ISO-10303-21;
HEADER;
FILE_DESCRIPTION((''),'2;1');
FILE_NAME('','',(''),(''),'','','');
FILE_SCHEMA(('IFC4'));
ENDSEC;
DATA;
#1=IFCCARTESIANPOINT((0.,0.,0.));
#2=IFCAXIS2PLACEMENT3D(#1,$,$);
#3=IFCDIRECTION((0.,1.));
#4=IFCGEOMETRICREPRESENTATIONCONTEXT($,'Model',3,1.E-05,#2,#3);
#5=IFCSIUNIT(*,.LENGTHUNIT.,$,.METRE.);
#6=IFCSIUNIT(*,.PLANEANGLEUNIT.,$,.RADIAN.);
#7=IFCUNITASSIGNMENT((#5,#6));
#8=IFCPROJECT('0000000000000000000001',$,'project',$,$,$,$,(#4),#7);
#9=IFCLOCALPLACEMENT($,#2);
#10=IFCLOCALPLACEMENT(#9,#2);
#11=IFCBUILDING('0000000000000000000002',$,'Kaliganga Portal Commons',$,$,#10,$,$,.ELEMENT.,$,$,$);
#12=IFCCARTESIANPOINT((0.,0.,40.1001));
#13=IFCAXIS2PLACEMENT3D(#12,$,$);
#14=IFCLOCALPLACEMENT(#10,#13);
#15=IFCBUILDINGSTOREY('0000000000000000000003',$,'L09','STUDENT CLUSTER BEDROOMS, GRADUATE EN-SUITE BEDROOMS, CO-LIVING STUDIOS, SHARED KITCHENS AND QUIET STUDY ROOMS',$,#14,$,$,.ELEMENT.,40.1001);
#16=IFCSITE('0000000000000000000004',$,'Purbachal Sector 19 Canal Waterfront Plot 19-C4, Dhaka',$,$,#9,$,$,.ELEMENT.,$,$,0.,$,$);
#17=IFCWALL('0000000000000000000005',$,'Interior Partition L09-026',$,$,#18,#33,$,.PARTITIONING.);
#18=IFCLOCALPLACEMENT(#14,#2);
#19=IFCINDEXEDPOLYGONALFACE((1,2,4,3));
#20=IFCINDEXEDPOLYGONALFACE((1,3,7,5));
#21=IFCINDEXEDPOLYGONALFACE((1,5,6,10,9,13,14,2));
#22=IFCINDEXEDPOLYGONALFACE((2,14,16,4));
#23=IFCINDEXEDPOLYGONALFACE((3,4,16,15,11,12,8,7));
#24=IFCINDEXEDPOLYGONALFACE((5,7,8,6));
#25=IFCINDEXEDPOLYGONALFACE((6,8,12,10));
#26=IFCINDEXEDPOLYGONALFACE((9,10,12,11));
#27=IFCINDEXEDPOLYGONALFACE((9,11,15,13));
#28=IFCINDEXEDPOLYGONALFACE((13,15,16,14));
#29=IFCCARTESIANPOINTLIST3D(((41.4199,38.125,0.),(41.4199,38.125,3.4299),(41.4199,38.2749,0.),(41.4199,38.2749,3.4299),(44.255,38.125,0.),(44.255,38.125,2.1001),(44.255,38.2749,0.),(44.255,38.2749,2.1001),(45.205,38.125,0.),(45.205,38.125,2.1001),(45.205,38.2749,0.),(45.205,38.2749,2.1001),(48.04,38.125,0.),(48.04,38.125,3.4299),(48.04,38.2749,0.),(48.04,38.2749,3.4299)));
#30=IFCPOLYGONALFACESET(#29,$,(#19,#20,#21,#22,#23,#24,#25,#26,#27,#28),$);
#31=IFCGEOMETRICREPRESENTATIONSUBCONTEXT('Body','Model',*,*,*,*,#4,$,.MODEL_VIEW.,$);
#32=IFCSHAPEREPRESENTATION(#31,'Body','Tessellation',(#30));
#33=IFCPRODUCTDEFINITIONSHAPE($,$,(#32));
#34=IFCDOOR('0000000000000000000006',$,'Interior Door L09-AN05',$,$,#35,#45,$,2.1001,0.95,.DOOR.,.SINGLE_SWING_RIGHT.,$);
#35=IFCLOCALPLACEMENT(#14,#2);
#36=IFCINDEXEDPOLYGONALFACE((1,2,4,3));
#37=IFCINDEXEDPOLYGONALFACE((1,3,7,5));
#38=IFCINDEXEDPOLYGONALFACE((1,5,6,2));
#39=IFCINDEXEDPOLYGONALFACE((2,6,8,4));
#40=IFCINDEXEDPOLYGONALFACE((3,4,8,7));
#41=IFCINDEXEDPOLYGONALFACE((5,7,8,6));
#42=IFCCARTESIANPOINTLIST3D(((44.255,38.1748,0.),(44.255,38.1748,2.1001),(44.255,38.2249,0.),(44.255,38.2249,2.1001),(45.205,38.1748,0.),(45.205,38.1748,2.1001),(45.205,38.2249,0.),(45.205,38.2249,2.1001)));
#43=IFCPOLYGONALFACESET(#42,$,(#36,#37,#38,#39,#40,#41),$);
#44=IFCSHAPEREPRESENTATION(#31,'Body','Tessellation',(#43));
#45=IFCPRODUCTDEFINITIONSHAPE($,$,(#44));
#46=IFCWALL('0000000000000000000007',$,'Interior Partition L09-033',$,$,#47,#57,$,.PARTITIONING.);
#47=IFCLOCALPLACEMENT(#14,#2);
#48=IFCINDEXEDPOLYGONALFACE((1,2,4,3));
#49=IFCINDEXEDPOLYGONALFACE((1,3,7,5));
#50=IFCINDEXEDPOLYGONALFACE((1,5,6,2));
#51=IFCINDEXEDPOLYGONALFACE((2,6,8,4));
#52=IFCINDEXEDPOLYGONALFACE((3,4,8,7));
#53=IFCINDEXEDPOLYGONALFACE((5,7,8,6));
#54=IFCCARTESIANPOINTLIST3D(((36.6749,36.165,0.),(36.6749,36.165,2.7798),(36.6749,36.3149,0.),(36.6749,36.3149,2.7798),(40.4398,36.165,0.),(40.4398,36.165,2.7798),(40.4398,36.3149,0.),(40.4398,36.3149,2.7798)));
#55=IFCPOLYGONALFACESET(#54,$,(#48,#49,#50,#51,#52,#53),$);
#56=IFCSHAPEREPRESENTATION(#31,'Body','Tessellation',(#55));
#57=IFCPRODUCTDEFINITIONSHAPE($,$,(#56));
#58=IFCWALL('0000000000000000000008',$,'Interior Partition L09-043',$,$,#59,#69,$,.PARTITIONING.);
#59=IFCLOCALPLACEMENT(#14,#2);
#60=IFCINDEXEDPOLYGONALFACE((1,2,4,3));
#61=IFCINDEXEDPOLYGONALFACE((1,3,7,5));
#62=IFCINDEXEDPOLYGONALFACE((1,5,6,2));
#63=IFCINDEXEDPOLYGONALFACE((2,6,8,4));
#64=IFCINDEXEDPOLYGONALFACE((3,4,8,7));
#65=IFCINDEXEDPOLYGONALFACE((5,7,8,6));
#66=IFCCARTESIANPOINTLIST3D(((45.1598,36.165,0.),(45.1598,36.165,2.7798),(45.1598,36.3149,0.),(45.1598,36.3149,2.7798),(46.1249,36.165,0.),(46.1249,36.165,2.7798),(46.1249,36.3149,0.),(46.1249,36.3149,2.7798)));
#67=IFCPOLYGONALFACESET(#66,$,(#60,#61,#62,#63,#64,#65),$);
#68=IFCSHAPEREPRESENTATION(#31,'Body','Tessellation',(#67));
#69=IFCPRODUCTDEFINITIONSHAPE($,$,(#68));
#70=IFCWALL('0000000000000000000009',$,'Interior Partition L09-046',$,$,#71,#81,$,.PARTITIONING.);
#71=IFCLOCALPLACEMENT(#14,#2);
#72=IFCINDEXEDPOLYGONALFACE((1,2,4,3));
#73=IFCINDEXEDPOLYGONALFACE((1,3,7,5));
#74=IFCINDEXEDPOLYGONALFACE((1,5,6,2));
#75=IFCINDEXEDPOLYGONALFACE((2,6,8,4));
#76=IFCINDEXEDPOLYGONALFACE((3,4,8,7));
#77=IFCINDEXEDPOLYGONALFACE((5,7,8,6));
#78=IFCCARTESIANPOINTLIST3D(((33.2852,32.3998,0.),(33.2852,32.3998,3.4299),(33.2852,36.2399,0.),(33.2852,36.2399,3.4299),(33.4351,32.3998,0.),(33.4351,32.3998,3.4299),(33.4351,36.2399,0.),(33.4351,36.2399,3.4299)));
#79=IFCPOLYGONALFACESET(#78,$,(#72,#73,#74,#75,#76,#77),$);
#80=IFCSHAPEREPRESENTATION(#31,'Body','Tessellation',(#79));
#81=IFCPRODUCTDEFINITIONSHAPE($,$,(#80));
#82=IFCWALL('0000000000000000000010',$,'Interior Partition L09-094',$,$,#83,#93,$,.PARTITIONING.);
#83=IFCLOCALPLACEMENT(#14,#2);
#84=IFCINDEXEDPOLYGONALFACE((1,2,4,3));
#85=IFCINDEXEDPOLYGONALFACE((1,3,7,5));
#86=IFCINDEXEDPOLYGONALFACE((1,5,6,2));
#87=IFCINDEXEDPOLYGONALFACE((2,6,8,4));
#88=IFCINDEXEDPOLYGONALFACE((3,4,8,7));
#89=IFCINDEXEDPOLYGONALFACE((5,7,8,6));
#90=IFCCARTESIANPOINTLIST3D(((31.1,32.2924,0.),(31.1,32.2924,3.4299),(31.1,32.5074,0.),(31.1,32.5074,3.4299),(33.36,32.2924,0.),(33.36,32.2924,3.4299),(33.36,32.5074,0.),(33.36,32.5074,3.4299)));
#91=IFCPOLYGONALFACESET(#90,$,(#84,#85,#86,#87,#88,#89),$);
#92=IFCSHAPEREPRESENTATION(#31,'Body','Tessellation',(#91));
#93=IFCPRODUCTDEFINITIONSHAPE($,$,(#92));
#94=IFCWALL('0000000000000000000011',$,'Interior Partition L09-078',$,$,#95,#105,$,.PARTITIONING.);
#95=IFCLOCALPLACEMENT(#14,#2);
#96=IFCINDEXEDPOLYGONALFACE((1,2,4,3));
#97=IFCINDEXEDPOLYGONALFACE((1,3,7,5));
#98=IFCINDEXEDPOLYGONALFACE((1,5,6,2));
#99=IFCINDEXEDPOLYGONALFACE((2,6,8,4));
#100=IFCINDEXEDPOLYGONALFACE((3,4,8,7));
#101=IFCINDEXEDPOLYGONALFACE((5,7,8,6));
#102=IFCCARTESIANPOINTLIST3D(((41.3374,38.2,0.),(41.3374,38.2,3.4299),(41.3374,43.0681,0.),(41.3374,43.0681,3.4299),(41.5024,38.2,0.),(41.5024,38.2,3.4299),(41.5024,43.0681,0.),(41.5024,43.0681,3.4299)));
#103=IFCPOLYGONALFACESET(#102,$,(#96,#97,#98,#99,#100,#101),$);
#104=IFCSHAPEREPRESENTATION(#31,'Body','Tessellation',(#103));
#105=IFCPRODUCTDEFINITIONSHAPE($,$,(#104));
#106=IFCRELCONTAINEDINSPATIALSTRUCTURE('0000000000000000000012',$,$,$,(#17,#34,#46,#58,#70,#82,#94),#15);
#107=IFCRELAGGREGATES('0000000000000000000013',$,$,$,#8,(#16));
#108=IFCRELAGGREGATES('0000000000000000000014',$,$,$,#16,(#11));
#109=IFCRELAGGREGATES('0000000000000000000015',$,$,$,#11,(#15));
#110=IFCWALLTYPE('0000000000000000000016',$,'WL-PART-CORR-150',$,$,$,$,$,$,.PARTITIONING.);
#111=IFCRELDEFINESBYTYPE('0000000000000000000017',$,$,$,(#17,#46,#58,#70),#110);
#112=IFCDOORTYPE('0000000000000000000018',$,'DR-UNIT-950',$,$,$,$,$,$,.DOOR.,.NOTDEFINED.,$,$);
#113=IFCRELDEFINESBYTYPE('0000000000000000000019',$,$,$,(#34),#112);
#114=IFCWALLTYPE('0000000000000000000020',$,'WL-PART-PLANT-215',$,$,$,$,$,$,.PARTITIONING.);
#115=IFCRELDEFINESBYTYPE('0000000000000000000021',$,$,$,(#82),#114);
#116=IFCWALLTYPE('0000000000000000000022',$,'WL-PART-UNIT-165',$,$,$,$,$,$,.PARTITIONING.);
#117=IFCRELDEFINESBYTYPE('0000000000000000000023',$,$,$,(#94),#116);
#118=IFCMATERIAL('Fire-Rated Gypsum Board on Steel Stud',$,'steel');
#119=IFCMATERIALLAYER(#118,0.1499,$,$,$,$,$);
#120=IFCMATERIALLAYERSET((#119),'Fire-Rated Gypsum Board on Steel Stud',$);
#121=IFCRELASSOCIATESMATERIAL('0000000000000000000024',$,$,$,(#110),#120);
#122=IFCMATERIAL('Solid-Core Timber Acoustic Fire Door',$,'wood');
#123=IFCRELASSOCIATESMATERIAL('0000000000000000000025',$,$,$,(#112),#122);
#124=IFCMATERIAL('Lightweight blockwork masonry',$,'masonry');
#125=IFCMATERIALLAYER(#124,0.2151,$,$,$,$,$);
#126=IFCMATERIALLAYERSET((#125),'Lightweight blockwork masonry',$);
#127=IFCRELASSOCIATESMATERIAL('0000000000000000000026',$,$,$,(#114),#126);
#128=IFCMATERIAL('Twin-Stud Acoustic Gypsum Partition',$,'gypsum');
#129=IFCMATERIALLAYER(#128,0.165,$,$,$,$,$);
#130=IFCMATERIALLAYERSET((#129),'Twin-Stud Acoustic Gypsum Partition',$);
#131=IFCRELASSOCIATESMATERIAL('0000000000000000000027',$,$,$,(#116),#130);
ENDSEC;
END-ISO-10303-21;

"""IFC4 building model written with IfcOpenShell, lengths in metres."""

from ifc_helpers import new_model, si_unit, direction, frame, frame_2d, origin, place, context, subcontext, project, spatial, rectangle, extrude, material, layer, layer_set, type_object, element, fill, save


model = new_model("IFC4")

# Units and contexts
model_context = context("Model", 3, precision=1e-05, world=origin(), true_north=direction((0.0, 1.0)))
body_context = subcontext(model_context, "Body", "Model", "MODEL_VIEW")
ifc_project = project(units=[si_unit("LENGTHUNIT", "METRE"), si_unit("PLANEANGLEUNIT", "RADIAN")], contexts=[model_context])

# Site, building, storey
site_placement = place(None, origin())
site = spatial("IfcSite", under=ifc_project, at=site_placement, Name="Purbachal Sector 19 Canal Waterfront Plot 19-C4, Dhaka", CompositionType="ELEMENT", RefElevation=0.0)
building_placement = place(site_placement, origin())
building = spatial("IfcBuilding", under=site, at=building_placement, Name="Kaliganga Portal Commons", CompositionType="ELEMENT")
storey_placement = place(building_placement, frame((0.0, 0.0, 40.1001)))
storey = spatial("IfcBuildingStorey", under=building, at=storey_placement, Name="L09", Description="STUDENT CLUSTER BEDROOMS, GRADUATE EN-SUITE BEDROOMS, CO-LIVING STUDIOS, SHARED KITCHENS AND QUIET STUDY ROOMS", CompositionType="ELEMENT", Elevation=40.1001)

# Wall, opening, door
ifc_material_1 = material(Name="Fire-Rated Gypsum Board on Steel Stud", Category="steel")
ifc_layer_1 = layer(ifc_material_1, 0.1499)
ifc_layer_set_1 = layer_set([ifc_layer_1], Name="Fire-Rated Gypsum Board on Steel Stud")
wall_type_1 = type_object("IfcWallType", Name="WL-PART-CORR-150", PredefinedType="PARTITIONING", material=ifc_layer_set_1)
wall_1_placement = place(storey_placement, frame((41.4199, 38.2, 0.0), z_axis=(0.0, 0.0, 1.0), x_axis=(1.0, 0.0, 0.0)))
wall_1 = element("IfcWall", 1, at=wall_1_placement, inside=storey, type_object=wall_type_1, Name="Interior Partition L09-026", PredefinedType="PARTITIONING", context=body_context, shape_type="SweptSolid", body=[
    extrude(rectangle(XDim=6.6201, YDim=0.1499, at=frame_2d((3.3101, 0.0))), origin(), (0.0, 0.0, 1.0), 3.4299),
])
opening_1_placement = place(wall_1_placement, frame((2.835, 0.0, 0.0)))
opening_1 = element("IfcOpeningElement", 2, at=opening_1_placement, cuts=wall_1, PredefinedType="OPENING", context=body_context, shape_type="SweptSolid", body=[
    extrude(rectangle(XDim=0.95, YDim=2.1001, at=frame_2d((0.4751, 1.05))), frame((0.0, 0.085, 0.0), z_axis=(0.0, -1.0, 0.0), x_axis=(1.0, 0.0, 0.0)), (0.0, 0.0, 1.0), 0.1699),
])
ifc_material_2 = material(Name="Solid-Core Timber Acoustic Fire Door", Category="wood")
door_type_1 = type_object("IfcDoorType", Name="DR-UNIT-950", OperationType="NOTDEFINED", PredefinedType="DOOR", material=ifc_material_2)
door_1_placement = place(opening_1_placement, origin())
door_1 = element("IfcDoor", 3, at=door_1_placement, inside=storey, type_object=door_type_1, Name="Interior Door L09-AN05", OperationType="SINGLE_SWING_RIGHT", OverallHeight=2.1001, OverallWidth=0.95, PredefinedType="DOOR", context=body_context, shape_type="SweptSolid", body=[
    extrude(rectangle(XDim=0.95, YDim=2.1001, at=frame_2d((0.4751, 1.05))), frame((0.0, 0.0249, 0.0), z_axis=(0.0, -1.0, 0.0), x_axis=(1.0, 0.0, 0.0)), (0.0, 0.0, 1.0), 0.05),
])
fill(opening_1, door_1)

# Wall
wall_2_placement = place(storey_placement, frame((36.675, 36.24, 0.0), z_axis=(0.0, 0.0, 1.0), x_axis=(1.0, 0.0, 0.0)))
element("IfcWall", 4, at=wall_2_placement, inside=storey, type_object=wall_type_1, Name="Interior Partition L09-033", PredefinedType="PARTITIONING", context=body_context, shape_type="SweptSolid", body=[
    extrude(rectangle(XDim=3.7649, YDim=0.1499, at=frame_2d((1.8823, 0.0))), origin(), (0.0, 0.0, 1.0), 2.7798),
])

# Walls
wall_3_placement = place(storey_placement, frame((45.1599, 36.24, 0.0), z_axis=(0.0, 0.0, 1.0), x_axis=(1.0, 0.0, 0.0)))
element("IfcWall", 5, at=wall_3_placement, inside=storey, type_object=wall_type_1, Name="Interior Partition L09-043", PredefinedType="PARTITIONING", context=body_context, shape_type="SweptSolid", body=[
    extrude(rectangle(XDim=0.9651, YDim=0.1499, at=frame_2d((0.4824, 0.0))), origin(), (0.0, 0.0, 1.0), 2.7798),
])
wall_4_placement = place(storey_placement, frame((33.3601, 32.3999, 0.0), z_axis=(0.0, 0.0, 1.0), x_axis=(0.0, 1.0, 0.0)))
element("IfcWall", 6, at=wall_4_placement, inside=storey, type_object=wall_type_1, Name="Interior Partition L09-046", PredefinedType="PARTITIONING", context=body_context, shape_type="SweptSolid", body=[
    extrude(rectangle(XDim=3.8401, YDim=0.1499, at=frame_2d((1.9199, 0.0))), origin(), (0.0, 0.0, 1.0), 3.4299),
])
ifc_material_3 = material(Name="Lightweight blockwork masonry", Category="masonry")
ifc_layer_2 = layer(ifc_material_3, 0.2151)
ifc_layer_set_2 = layer_set([ifc_layer_2], Name="Lightweight blockwork masonry")
wall_type_2 = type_object("IfcWallType", Name="WL-PART-PLANT-215", PredefinedType="PARTITIONING", material=ifc_layer_set_2)
wall_5_placement = place(storey_placement, frame((31.1001, 32.3999, 0.0), z_axis=(0.0, 0.0, 1.0), x_axis=(1.0, 0.0, 0.0)))
element("IfcWall", 7, at=wall_5_placement, inside=storey, type_object=wall_type_2, Name="Interior Partition L09-094", PredefinedType="PARTITIONING", context=body_context, shape_type="SweptSolid", body=[
    extrude(rectangle(XDim=2.26, YDim=0.2151, at=frame_2d((1.1299, 0.0))), origin(), (0.0, 0.0, 1.0), 3.4299),
])
ifc_material_4 = material(Name="Twin-Stud Acoustic Gypsum Partition", Category="gypsum")
ifc_layer_3 = layer(ifc_material_4, 0.165)
ifc_layer_set_3 = layer_set([ifc_layer_3], Name="Twin-Stud Acoustic Gypsum Partition")
wall_type_3 = type_object("IfcWallType", Name="WL-PART-UNIT-165", PredefinedType="PARTITIONING", material=ifc_layer_set_3)
wall_6_placement = place(storey_placement, frame((41.4199, 38.2, 0.0), z_axis=(0.0, 0.0, 1.0), x_axis=(0.0, 1.0, 0.0)))
element("IfcWall", 8, at=wall_6_placement, inside=storey, type_object=wall_type_3, Name="Interior Partition L09-078", PredefinedType="PARTITIONING", context=body_context, shape_type="SweptSolid", body=[
    extrude(rectangle(XDim=4.8682, YDim=0.165, at=frame_2d((2.4341, 0.0))), origin(), (0.0, 0.0, 1.0), 3.4299),
])

save(model, "model.ifc")
